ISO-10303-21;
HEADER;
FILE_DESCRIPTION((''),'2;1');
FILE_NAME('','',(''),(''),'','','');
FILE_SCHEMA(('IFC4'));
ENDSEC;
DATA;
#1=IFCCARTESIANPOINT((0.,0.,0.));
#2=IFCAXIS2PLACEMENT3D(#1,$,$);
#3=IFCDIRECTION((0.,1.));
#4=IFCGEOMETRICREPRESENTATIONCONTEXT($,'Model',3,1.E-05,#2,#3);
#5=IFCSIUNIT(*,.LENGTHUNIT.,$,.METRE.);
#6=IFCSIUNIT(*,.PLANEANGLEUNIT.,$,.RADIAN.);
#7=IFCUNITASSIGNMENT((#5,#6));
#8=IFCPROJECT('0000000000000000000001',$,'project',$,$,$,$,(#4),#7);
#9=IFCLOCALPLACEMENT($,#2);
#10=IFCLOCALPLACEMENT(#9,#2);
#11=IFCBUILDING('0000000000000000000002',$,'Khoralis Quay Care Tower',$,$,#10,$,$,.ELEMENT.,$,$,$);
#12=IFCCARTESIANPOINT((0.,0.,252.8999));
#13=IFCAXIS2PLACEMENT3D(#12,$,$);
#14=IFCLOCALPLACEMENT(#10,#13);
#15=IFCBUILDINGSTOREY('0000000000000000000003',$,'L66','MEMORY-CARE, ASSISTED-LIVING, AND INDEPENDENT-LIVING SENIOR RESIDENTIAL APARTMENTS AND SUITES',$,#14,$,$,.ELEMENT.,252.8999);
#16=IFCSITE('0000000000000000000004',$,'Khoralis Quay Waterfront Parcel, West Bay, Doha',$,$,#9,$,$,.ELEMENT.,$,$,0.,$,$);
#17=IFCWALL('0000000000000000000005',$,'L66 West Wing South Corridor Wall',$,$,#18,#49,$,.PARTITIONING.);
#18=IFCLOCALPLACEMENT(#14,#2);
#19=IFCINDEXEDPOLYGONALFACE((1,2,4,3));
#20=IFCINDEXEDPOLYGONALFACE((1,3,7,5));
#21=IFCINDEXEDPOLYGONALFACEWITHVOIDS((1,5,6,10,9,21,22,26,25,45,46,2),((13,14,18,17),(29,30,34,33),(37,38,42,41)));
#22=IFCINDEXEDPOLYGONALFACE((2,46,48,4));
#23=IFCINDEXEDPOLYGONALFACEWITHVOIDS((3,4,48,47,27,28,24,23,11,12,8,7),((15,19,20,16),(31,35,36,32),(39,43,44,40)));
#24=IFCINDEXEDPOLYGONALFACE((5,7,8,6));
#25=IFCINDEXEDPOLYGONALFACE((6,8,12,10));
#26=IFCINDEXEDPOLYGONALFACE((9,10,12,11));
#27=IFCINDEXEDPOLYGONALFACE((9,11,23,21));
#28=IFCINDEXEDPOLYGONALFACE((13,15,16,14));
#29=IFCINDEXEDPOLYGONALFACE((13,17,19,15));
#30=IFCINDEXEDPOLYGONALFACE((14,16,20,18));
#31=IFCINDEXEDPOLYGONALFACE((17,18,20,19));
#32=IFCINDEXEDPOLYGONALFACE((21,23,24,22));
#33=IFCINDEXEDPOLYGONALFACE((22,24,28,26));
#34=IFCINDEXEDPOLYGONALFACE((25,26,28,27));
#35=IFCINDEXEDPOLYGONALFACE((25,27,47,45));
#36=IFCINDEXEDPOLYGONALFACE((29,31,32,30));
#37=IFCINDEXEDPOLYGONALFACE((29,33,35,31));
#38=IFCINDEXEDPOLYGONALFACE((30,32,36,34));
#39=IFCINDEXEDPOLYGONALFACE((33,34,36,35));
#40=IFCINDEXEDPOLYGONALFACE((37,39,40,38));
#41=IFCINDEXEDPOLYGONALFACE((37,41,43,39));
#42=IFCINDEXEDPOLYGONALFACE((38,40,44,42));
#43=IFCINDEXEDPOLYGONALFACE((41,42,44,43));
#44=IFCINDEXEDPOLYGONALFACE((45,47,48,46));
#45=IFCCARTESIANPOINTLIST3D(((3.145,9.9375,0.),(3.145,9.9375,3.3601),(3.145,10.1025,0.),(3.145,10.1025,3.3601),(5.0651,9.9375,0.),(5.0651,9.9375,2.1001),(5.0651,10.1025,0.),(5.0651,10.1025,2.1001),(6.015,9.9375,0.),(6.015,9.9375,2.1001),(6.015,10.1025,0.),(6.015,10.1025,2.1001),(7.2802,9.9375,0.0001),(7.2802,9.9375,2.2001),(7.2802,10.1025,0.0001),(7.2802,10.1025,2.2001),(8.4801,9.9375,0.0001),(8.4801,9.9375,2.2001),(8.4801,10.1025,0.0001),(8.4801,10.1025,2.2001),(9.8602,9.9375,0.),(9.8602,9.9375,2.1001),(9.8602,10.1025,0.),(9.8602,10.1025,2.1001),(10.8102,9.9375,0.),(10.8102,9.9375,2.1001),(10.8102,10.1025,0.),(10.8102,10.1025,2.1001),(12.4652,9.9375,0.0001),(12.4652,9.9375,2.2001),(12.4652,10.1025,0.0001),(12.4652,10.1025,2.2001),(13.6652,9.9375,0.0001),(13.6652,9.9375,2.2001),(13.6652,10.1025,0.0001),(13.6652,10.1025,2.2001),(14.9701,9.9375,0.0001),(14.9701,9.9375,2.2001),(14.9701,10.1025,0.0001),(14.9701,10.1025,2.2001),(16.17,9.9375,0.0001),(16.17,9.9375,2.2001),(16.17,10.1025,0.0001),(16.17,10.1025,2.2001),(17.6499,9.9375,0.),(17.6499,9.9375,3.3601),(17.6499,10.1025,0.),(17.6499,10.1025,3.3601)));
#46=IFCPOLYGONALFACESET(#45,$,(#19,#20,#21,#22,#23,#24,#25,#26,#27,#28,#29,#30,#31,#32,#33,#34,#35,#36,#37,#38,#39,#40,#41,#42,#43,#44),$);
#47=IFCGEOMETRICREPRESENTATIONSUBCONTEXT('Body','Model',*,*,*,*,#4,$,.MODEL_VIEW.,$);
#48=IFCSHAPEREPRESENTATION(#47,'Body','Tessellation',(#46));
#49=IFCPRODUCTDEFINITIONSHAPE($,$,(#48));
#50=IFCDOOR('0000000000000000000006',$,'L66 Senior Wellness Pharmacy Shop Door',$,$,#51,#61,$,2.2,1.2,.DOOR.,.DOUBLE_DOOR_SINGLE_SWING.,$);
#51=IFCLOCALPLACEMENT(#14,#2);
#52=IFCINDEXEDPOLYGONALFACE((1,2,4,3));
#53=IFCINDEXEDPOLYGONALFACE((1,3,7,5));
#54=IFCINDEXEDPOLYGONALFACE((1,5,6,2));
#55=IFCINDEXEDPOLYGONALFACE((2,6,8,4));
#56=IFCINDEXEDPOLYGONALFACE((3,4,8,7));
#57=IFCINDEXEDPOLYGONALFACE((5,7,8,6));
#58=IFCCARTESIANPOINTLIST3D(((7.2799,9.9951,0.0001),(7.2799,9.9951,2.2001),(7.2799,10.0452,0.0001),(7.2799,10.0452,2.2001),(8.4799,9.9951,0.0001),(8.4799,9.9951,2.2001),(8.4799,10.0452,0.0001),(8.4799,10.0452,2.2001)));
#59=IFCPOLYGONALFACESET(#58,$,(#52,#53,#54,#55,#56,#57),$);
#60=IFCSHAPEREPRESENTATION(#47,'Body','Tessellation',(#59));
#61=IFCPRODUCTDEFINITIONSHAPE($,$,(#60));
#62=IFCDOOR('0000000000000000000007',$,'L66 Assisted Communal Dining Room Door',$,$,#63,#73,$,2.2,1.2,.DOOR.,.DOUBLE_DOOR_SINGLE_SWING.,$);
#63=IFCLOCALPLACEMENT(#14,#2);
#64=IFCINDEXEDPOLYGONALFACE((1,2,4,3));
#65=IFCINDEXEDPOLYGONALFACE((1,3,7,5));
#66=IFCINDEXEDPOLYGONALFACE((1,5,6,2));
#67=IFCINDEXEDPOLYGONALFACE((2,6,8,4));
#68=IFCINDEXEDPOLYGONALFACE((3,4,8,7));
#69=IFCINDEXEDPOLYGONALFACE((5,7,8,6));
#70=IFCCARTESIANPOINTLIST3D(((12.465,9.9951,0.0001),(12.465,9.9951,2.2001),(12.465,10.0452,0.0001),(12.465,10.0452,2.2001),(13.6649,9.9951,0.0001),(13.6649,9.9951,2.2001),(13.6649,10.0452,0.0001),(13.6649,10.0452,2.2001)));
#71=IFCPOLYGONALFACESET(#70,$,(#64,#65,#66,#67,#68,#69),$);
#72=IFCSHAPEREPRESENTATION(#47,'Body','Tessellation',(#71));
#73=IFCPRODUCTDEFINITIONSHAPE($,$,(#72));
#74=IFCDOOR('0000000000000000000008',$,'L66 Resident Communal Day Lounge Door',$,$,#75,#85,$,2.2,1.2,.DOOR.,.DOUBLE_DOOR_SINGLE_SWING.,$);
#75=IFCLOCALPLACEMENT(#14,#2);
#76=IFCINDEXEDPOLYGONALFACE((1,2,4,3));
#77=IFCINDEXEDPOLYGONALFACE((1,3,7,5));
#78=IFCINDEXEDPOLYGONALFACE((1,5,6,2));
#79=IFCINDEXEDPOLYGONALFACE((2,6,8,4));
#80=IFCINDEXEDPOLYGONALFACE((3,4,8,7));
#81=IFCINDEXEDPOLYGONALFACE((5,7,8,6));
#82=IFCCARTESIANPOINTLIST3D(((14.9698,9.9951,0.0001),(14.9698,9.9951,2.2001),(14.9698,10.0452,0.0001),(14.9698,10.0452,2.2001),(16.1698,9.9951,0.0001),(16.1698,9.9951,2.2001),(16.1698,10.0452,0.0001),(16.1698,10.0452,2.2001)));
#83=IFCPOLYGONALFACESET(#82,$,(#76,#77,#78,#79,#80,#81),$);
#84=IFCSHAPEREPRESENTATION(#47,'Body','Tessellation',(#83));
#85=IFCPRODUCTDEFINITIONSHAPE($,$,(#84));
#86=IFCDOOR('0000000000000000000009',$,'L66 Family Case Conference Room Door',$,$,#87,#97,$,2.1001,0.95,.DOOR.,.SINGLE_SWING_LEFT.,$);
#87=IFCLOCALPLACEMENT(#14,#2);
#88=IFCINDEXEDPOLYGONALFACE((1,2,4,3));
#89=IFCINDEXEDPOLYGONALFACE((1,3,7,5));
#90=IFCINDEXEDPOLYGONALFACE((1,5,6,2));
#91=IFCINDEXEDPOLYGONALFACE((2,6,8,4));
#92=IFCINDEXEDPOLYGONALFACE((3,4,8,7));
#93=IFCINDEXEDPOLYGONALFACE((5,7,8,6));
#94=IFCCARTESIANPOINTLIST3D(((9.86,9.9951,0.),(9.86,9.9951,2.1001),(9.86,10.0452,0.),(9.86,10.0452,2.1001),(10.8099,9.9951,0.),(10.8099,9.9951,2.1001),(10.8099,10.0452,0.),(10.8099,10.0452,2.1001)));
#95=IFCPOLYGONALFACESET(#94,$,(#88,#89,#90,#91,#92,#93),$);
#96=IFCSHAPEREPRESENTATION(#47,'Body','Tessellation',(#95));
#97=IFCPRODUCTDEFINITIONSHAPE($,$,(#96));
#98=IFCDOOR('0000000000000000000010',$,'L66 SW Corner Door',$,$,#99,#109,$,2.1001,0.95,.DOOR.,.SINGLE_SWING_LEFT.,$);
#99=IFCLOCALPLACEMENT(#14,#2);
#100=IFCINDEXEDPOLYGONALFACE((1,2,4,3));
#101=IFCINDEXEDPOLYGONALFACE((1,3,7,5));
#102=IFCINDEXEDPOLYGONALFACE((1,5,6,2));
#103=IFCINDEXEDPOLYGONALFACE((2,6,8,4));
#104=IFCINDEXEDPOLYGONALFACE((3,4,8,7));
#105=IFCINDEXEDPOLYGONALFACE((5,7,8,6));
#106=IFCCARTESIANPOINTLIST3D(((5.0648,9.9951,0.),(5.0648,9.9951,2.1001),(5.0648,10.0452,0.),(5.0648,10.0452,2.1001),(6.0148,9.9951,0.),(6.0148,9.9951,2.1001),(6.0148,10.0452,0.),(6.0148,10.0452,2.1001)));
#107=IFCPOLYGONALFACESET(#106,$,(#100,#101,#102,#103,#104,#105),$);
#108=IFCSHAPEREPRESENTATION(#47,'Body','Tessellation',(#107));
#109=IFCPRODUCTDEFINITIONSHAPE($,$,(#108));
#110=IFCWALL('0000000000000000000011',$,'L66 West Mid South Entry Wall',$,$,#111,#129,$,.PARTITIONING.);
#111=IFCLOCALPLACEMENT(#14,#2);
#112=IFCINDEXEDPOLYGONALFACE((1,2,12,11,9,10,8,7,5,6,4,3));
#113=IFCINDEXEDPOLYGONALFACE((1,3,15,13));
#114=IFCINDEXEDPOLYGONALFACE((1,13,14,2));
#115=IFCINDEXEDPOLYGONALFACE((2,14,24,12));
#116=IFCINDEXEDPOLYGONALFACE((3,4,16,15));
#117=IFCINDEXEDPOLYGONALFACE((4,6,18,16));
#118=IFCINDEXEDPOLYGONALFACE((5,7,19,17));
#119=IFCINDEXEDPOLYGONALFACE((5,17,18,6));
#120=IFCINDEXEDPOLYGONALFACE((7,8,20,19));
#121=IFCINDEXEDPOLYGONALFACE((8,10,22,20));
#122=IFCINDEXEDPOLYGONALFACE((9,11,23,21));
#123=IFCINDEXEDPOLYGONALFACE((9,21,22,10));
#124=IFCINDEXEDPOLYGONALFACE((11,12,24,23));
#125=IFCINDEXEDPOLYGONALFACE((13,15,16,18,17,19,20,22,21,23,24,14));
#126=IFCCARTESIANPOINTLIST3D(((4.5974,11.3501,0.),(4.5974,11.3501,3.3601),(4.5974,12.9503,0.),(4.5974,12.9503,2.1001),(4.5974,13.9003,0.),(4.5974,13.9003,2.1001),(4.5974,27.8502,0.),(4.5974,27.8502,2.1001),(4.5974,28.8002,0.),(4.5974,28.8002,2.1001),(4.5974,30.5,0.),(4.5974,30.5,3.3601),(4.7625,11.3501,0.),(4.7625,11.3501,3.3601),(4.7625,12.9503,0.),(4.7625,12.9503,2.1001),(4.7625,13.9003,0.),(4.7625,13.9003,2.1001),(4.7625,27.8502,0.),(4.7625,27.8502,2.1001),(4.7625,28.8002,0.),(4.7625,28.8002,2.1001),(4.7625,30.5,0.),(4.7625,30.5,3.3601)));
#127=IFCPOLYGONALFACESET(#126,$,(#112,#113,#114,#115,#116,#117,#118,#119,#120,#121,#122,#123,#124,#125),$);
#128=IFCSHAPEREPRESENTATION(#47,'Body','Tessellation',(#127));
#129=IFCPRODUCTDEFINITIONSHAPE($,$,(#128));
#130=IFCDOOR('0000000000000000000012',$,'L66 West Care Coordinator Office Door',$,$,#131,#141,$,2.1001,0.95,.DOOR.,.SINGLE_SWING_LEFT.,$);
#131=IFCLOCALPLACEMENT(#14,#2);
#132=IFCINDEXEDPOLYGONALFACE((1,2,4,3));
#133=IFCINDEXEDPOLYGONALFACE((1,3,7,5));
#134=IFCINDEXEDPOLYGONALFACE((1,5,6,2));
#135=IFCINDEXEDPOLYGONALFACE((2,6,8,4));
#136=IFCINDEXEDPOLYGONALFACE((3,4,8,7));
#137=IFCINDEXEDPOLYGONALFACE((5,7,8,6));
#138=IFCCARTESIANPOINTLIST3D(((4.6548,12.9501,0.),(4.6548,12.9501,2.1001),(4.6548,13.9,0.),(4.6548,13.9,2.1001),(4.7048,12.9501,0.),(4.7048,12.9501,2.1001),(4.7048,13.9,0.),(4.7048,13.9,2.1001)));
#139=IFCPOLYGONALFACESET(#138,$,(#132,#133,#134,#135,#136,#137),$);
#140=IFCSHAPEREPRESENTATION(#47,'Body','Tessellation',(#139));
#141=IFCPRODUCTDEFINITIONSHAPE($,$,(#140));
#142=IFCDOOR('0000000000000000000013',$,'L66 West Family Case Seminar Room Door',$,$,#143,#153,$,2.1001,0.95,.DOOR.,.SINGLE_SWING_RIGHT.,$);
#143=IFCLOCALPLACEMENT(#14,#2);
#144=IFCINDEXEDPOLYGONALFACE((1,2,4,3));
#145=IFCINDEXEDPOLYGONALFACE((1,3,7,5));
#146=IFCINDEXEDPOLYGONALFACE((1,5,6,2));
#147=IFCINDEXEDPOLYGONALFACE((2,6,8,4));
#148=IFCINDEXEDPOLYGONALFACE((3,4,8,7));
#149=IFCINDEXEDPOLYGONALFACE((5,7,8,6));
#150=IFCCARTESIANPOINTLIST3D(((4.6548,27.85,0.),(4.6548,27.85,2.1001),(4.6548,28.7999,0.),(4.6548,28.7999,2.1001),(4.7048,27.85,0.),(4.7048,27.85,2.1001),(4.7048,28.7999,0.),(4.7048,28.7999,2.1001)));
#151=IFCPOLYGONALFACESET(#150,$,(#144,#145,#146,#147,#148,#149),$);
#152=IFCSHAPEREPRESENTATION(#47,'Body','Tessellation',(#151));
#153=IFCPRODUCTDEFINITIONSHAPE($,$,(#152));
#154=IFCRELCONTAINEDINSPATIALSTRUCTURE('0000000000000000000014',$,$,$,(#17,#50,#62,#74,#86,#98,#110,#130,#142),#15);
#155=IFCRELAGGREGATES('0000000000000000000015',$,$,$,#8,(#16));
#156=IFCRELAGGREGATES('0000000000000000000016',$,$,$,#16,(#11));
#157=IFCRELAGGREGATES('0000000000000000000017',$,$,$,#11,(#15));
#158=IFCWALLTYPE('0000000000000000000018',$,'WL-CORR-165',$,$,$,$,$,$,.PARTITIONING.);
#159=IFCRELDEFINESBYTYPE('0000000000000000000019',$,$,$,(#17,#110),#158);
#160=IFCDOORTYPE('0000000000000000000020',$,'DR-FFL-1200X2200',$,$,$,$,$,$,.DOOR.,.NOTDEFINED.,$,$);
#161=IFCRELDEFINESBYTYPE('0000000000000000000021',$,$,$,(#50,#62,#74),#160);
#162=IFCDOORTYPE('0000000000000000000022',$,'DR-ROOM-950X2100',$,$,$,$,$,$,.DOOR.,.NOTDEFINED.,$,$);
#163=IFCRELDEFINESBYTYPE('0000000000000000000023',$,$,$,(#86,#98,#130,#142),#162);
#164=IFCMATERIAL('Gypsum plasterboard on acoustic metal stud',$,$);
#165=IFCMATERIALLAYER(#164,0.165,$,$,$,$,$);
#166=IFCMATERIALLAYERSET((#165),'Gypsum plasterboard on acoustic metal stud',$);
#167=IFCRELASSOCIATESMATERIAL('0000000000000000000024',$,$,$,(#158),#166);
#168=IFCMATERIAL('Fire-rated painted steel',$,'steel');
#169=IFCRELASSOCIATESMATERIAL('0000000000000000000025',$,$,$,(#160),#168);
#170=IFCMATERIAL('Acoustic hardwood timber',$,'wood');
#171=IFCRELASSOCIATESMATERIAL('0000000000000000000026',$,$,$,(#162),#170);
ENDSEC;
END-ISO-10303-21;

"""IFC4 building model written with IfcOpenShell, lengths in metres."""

from ifc_helpers import new_model, si_unit, direction, frame, frame_2d, origin, place, context, subcontext, project, spatial, rectangle, extrude, source, transform, mapped, material, layer, layer_set, type_object, element, fill, save


model = new_model("IFC4")

# Units and contexts
model_context = context("Model", 3, precision=1e-05, world=origin(), true_north=direction((0.0, 1.0)))
body_context = subcontext(model_context, "Body", "Model", "MODEL_VIEW")
ifc_project = project(units=[si_unit("LENGTHUNIT", "METRE"), si_unit("PLANEANGLEUNIT", "RADIAN")], contexts=[model_context])

# Site, building, storey
site_placement = place(None, origin())
site = spatial("IfcSite", under=ifc_project, at=site_placement, Name="Khoralis Quay Waterfront Parcel, West Bay, Doha", CompositionType="ELEMENT", RefElevation=0.0)
building_placement = place(site_placement, origin())
building = spatial("IfcBuilding", under=site, at=building_placement, Name="Khoralis Quay Care Tower", CompositionType="ELEMENT")
storey_placement = place(building_placement, frame((0.0, 0.0, 252.8999)))
storey = spatial("IfcBuildingStorey", under=building, at=storey_placement, Name="L66", Description="MEMORY-CARE, ASSISTED-LIVING, AND INDEPENDENT-LIVING SENIOR RESIDENTIAL APARTMENTS AND SUITES", CompositionType="ELEMENT", Elevation=252.8999)

# Walls, openings, doors
ifc_material_1 = material(Name="Gypsum plasterboard on acoustic metal stud")
ifc_layer_1 = layer(ifc_material_1, 0.165)
ifc_layer_set_1 = layer_set([ifc_layer_1], Name="Gypsum plasterboard on acoustic metal stud")
wall_type_1 = type_object("IfcWallType", Name="WL-CORR-165", PredefinedType="PARTITIONING", material=ifc_layer_set_1)
wall_1_placement = place(storey_placement, frame((3.145, 10.02, 0.0), z_axis=(0.0, 0.0, 1.0), x_axis=(1.0, 0.0, 0.0)))
wall_1 = element("IfcWall", 1, at=wall_1_placement, inside=storey, type_object=wall_type_1, Name="L66 West Wing South Corridor Wall", PredefinedType="PARTITIONING", context=body_context, shape_type="SweptSolid", body=[
    extrude(rectangle(XDim=14.5049, YDim=0.165, at=frame_2d((7.2524, 0.0))), origin(), (0.0, 0.0, 1.0), 3.3601),
])
opening_1_placement = place(wall_1_placement, frame((4.135, 0.0, 0.0)))
opening_1 = element("IfcOpeningElement", 2, at=opening_1_placement, cuts=wall_1, PredefinedType="OPENING", context=body_context, shape_type="SweptSolid", body=[
    extrude(rectangle(XDim=1.2, YDim=2.2, at=frame_2d((0.6001, 1.1001))), frame((0.0, 0.0925, 0.0), z_axis=(0.0, -1.0, 0.0), x_axis=(1.0, 0.0, 0.0)), (0.0, 0.0, 1.0), 0.1851),
])
opening_2_placement = place(wall_1_placement, frame((6.7151, 0.0, 0.0)))
opening_2 = element("IfcOpeningElement", 3, at=opening_2_placement, cuts=wall_1, PredefinedType="OPENING", context=body_context, shape_type="SweptSolid", body=[
    extrude(rectangle(XDim=0.95, YDim=2.1001, at=frame_2d((0.4751, 1.05))), frame((0.0, 0.0925, 0.0), z_axis=(0.0, -1.0, 0.0), x_axis=(1.0, 0.0, 0.0)), (0.0, 0.0, 1.0), 0.1851),
])
opening_3_placement = place(wall_1_placement, frame((9.3201, 0.0, 0.0)))
opening_3 = element("IfcOpeningElement", 4, at=opening_3_placement, cuts=wall_1, PredefinedType="OPENING", context=body_context, shape_type="SweptSolid", body=[
    extrude(rectangle(XDim=1.2, YDim=2.2, at=frame_2d((0.6001, 1.1001))), frame((0.0, 0.0925, 0.0), z_axis=(0.0, -1.0, 0.0), x_axis=(1.0, 0.0, 0.0)), (0.0, 0.0, 1.0), 0.1851),
])
opening_4_placement = place(wall_1_placement, frame((11.825, 0.0, 0.0)))
opening_4 = element("IfcOpeningElement", 5, at=opening_4_placement, cuts=wall_1, PredefinedType="OPENING", context=body_context, shape_type="SweptSolid", body=[
    extrude(rectangle(XDim=1.2, YDim=2.2, at=frame_2d((0.6001, 1.1001))), frame((0.0, 0.0925, 0.0), z_axis=(0.0, -1.0, 0.0), x_axis=(1.0, 0.0, 0.0)), (0.0, 0.0, 1.0), 0.1851),
])
opening_5_placement = place(wall_1_placement, frame((1.9199, 0.0, 0.0)))
opening_5 = element("IfcOpeningElement", 6, at=opening_5_placement, cuts=wall_1, PredefinedType="OPENING", context=body_context, shape_type="SweptSolid", body=[
    extrude(rectangle(XDim=0.95, YDim=2.1001, at=frame_2d((0.4751, 1.05))), frame((0.0, 0.0925, 0.0), z_axis=(0.0, -1.0, 0.0), x_axis=(1.0, 0.0, 0.0)), (0.0, 0.0, 1.0), 0.1851),
])
ifc_material_2 = material(Name="Fire-rated painted steel", Category="steel")
door_type_1 = type_object("IfcDoorType", Name="DR-FFL-1200X2200", OperationType="NOTDEFINED", PredefinedType="DOOR", material=ifc_material_2)
shared_shape_1 = source(origin(), body_context, "Body", "SweptSolid", [
    extrude(rectangle(XDim=1.2, YDim=2.2, at=frame_2d((0.6001, 1.1001))), frame((0.0, 0.0249, 0.0), z_axis=(0.0, -1.0, 0.0), x_axis=(1.0, 0.0, 0.0)), (0.0, 0.0, 1.0), 0.05),
])
door_1_placement = place(opening_1_placement, frame((1.2, 0.0, 0.0), z_axis=(0.0, 0.0, 1.0), x_axis=(-1.0, 0.0, 0.0)))
door_1 = element("IfcDoor", 7, at=door_1_placement, inside=storey, type_object=door_type_1, Name="L66 Senior Wellness Pharmacy Shop Door", OperationType="DOUBLE_DOOR_SINGLE_SWING", OverallHeight=2.2, OverallWidth=1.2, PredefinedType="DOOR", context=body_context, shape_type="MappedRepresentation", body=[
    mapped(shared_shape_1, transform((0.0, 0.0, 0.0), scale=1.0)),
])
fill(opening_1, door_1)
door_2_placement = place(opening_3_placement, frame((1.2, 0.0, 0.0), z_axis=(0.0, 0.0, 1.0), x_axis=(-1.0, 0.0, 0.0)))
door_2 = element("IfcDoor", 8, at=door_2_placement, inside=storey, type_object=door_type_1, Name="L66 Assisted Communal Dining Room Door", OperationType="DOUBLE_DOOR_SINGLE_SWING", OverallHeight=2.2, OverallWidth=1.2, PredefinedType="DOOR", context=body_context, shape_type="MappedRepresentation", body=[
    mapped(shared_shape_1, transform((0.0, 0.0, 0.0), scale=1.0)),
])
fill(opening_3, door_2)
door_3_placement = place(opening_4_placement, frame((1.2, 0.0, 0.0), z_axis=(0.0, 0.0, 1.0), x_axis=(-1.0, 0.0, 0.0)))
door_3 = element("IfcDoor", 9, at=door_3_placement, inside=storey, type_object=door_type_1, Name="L66 Resident Communal Day Lounge Door", OperationType="DOUBLE_DOOR_SINGLE_SWING", OverallHeight=2.2, OverallWidth=1.2, PredefinedType="DOOR", context=body_context, shape_type="MappedRepresentation", body=[
    mapped(shared_shape_1, transform((0.0, 0.0, 0.0), scale=1.0)),
])
fill(opening_4, door_3)
ifc_material_3 = material(Name="Acoustic hardwood timber", Category="wood")
door_type_2 = type_object("IfcDoorType", Name="DR-ROOM-950X2100", OperationType="NOTDEFINED", PredefinedType="DOOR", material=ifc_material_3)
shared_shape_2 = source(origin(), body_context, "Body", "SweptSolid", [
    extrude(rectangle(XDim=0.95, YDim=2.1001, at=frame_2d((0.4751, 1.05))), frame((0.0, 0.0249, 0.0), z_axis=(0.0, -1.0, 0.0), x_axis=(1.0, 0.0, 0.0)), (0.0, 0.0, 1.0), 0.05),
])
door_4_placement = place(opening_2_placement, frame((0.95, 0.0, 0.0), z_axis=(0.0, 0.0, 1.0), x_axis=(-1.0, 0.0, 0.0)))
door_4 = element("IfcDoor", 10, at=door_4_placement, inside=storey, type_object=door_type_2, Name="L66 Family Case Conference Room Door", OperationType="SINGLE_SWING_LEFT", OverallHeight=2.1001, OverallWidth=0.95, PredefinedType="DOOR", context=body_context, shape_type="MappedRepresentation", body=[
    mapped(shared_shape_2, transform((0.0, 0.0, 0.0), scale=1.0)),
])
fill(opening_2, door_4)
door_5_placement = place(opening_5_placement, frame((0.95, 0.0, 0.0), z_axis=(0.0, 0.0, 1.0), x_axis=(-1.0, 0.0, 0.0)))
door_5 = element("IfcDoor", 11, at=door_5_placement, inside=storey, type_object=door_type_2, Name="L66 SW Corner Door", OperationType="SINGLE_SWING_LEFT", OverallHeight=2.1001, OverallWidth=0.95, PredefinedType="DOOR", context=body_context, shape_type="MappedRepresentation", body=[
    mapped(shared_shape_2, transform((0.0, 0.0, 0.0), scale=1.0)),
])
fill(opening_5, door_5)
wall_2_placement = place(storey_placement, frame((4.6799, 11.3501, 0.0), z_axis=(0.0, 0.0, 1.0), x_axis=(0.0, 1.0, 0.0)))
wall_2 = element("IfcWall", 12, at=wall_2_placement, inside=storey, type_object=wall_type_1, Name="L66 West Mid South Entry Wall", PredefinedType="PARTITIONING", context=body_context, shape_type="SweptSolid", body=[
    extrude(rectangle(XDim=19.1499, YDim=0.165, at=frame_2d((9.575, 0.0))), origin(), (0.0, 0.0, 1.0), 3.3601),
])
opening_6_placement = place(wall_2_placement, frame((1.6001, 0.0, 0.0)))
opening_6 = element("IfcOpeningElement", 13, at=opening_6_placement, cuts=wall_2, PredefinedType="OPENING", context=body_context, shape_type="SweptSolid", body=[
    extrude(rectangle(XDim=0.95, YDim=2.1001, at=frame_2d((0.4751, 1.05))), frame((0.0, 0.0925, 0.0), z_axis=(0.0, -1.0, 0.0), x_axis=(1.0, 0.0, 0.0)), (0.0, 0.0, 1.0), 0.1851),
])
opening_7_placement = place(wall_2_placement, frame((16.5, 0.0, 0.0)))
opening_7 = element("IfcOpeningElement", 14, at=opening_7_placement, cuts=wall_2, PredefinedType="OPENING", context=body_context, shape_type="SweptSolid", body=[
    extrude(rectangle(XDim=0.95, YDim=2.1001, at=frame_2d((0.4751, 1.05))), frame((0.0, 0.0925, 0.0), z_axis=(0.0, -1.0, 0.0), x_axis=(1.0, 0.0, 0.0)), (0.0, 0.0, 1.0), 0.1851),
])
door_6_placement = place(opening_6_placement, frame((0.95, 0.0, 0.0), z_axis=(0.0, 0.0, 1.0), x_axis=(-1.0, 0.0, 0.0)))
door_6 = element("IfcDoor", 15, at=door_6_placement, inside=storey, type_object=door_type_2, Name="L66 West Care Coordinator Office Door", OperationType="SINGLE_SWING_LEFT", OverallHeight=2.1001, OverallWidth=0.95, PredefinedType="DOOR", context=body_context, shape_type="MappedRepresentation", body=[
    mapped(shared_shape_2, transform((0.0, 0.0, 0.0), scale=1.0)),
])
fill(opening_6, door_6)
door_7_placement = place(opening_7_placement, frame((0.95, 0.0, 0.0), z_axis=(0.0, 0.0, 1.0), x_axis=(-1.0, 0.0, 0.0)))
door_7 = element("IfcDoor", 16, at=door_7_placement, inside=storey, type_object=door_type_2, Name="L66 West Family Case Seminar Room Door", OperationType="SINGLE_SWING_RIGHT", OverallHeight=2.1001, OverallWidth=0.95, PredefinedType="DOOR", context=body_context, shape_type="MappedRepresentation", body=[
    mapped(shared_shape_2, transform((0.0, 0.0, 0.0), scale=1.0)),
])
fill(opening_7, door_7)

save(model, "model.ifc")
